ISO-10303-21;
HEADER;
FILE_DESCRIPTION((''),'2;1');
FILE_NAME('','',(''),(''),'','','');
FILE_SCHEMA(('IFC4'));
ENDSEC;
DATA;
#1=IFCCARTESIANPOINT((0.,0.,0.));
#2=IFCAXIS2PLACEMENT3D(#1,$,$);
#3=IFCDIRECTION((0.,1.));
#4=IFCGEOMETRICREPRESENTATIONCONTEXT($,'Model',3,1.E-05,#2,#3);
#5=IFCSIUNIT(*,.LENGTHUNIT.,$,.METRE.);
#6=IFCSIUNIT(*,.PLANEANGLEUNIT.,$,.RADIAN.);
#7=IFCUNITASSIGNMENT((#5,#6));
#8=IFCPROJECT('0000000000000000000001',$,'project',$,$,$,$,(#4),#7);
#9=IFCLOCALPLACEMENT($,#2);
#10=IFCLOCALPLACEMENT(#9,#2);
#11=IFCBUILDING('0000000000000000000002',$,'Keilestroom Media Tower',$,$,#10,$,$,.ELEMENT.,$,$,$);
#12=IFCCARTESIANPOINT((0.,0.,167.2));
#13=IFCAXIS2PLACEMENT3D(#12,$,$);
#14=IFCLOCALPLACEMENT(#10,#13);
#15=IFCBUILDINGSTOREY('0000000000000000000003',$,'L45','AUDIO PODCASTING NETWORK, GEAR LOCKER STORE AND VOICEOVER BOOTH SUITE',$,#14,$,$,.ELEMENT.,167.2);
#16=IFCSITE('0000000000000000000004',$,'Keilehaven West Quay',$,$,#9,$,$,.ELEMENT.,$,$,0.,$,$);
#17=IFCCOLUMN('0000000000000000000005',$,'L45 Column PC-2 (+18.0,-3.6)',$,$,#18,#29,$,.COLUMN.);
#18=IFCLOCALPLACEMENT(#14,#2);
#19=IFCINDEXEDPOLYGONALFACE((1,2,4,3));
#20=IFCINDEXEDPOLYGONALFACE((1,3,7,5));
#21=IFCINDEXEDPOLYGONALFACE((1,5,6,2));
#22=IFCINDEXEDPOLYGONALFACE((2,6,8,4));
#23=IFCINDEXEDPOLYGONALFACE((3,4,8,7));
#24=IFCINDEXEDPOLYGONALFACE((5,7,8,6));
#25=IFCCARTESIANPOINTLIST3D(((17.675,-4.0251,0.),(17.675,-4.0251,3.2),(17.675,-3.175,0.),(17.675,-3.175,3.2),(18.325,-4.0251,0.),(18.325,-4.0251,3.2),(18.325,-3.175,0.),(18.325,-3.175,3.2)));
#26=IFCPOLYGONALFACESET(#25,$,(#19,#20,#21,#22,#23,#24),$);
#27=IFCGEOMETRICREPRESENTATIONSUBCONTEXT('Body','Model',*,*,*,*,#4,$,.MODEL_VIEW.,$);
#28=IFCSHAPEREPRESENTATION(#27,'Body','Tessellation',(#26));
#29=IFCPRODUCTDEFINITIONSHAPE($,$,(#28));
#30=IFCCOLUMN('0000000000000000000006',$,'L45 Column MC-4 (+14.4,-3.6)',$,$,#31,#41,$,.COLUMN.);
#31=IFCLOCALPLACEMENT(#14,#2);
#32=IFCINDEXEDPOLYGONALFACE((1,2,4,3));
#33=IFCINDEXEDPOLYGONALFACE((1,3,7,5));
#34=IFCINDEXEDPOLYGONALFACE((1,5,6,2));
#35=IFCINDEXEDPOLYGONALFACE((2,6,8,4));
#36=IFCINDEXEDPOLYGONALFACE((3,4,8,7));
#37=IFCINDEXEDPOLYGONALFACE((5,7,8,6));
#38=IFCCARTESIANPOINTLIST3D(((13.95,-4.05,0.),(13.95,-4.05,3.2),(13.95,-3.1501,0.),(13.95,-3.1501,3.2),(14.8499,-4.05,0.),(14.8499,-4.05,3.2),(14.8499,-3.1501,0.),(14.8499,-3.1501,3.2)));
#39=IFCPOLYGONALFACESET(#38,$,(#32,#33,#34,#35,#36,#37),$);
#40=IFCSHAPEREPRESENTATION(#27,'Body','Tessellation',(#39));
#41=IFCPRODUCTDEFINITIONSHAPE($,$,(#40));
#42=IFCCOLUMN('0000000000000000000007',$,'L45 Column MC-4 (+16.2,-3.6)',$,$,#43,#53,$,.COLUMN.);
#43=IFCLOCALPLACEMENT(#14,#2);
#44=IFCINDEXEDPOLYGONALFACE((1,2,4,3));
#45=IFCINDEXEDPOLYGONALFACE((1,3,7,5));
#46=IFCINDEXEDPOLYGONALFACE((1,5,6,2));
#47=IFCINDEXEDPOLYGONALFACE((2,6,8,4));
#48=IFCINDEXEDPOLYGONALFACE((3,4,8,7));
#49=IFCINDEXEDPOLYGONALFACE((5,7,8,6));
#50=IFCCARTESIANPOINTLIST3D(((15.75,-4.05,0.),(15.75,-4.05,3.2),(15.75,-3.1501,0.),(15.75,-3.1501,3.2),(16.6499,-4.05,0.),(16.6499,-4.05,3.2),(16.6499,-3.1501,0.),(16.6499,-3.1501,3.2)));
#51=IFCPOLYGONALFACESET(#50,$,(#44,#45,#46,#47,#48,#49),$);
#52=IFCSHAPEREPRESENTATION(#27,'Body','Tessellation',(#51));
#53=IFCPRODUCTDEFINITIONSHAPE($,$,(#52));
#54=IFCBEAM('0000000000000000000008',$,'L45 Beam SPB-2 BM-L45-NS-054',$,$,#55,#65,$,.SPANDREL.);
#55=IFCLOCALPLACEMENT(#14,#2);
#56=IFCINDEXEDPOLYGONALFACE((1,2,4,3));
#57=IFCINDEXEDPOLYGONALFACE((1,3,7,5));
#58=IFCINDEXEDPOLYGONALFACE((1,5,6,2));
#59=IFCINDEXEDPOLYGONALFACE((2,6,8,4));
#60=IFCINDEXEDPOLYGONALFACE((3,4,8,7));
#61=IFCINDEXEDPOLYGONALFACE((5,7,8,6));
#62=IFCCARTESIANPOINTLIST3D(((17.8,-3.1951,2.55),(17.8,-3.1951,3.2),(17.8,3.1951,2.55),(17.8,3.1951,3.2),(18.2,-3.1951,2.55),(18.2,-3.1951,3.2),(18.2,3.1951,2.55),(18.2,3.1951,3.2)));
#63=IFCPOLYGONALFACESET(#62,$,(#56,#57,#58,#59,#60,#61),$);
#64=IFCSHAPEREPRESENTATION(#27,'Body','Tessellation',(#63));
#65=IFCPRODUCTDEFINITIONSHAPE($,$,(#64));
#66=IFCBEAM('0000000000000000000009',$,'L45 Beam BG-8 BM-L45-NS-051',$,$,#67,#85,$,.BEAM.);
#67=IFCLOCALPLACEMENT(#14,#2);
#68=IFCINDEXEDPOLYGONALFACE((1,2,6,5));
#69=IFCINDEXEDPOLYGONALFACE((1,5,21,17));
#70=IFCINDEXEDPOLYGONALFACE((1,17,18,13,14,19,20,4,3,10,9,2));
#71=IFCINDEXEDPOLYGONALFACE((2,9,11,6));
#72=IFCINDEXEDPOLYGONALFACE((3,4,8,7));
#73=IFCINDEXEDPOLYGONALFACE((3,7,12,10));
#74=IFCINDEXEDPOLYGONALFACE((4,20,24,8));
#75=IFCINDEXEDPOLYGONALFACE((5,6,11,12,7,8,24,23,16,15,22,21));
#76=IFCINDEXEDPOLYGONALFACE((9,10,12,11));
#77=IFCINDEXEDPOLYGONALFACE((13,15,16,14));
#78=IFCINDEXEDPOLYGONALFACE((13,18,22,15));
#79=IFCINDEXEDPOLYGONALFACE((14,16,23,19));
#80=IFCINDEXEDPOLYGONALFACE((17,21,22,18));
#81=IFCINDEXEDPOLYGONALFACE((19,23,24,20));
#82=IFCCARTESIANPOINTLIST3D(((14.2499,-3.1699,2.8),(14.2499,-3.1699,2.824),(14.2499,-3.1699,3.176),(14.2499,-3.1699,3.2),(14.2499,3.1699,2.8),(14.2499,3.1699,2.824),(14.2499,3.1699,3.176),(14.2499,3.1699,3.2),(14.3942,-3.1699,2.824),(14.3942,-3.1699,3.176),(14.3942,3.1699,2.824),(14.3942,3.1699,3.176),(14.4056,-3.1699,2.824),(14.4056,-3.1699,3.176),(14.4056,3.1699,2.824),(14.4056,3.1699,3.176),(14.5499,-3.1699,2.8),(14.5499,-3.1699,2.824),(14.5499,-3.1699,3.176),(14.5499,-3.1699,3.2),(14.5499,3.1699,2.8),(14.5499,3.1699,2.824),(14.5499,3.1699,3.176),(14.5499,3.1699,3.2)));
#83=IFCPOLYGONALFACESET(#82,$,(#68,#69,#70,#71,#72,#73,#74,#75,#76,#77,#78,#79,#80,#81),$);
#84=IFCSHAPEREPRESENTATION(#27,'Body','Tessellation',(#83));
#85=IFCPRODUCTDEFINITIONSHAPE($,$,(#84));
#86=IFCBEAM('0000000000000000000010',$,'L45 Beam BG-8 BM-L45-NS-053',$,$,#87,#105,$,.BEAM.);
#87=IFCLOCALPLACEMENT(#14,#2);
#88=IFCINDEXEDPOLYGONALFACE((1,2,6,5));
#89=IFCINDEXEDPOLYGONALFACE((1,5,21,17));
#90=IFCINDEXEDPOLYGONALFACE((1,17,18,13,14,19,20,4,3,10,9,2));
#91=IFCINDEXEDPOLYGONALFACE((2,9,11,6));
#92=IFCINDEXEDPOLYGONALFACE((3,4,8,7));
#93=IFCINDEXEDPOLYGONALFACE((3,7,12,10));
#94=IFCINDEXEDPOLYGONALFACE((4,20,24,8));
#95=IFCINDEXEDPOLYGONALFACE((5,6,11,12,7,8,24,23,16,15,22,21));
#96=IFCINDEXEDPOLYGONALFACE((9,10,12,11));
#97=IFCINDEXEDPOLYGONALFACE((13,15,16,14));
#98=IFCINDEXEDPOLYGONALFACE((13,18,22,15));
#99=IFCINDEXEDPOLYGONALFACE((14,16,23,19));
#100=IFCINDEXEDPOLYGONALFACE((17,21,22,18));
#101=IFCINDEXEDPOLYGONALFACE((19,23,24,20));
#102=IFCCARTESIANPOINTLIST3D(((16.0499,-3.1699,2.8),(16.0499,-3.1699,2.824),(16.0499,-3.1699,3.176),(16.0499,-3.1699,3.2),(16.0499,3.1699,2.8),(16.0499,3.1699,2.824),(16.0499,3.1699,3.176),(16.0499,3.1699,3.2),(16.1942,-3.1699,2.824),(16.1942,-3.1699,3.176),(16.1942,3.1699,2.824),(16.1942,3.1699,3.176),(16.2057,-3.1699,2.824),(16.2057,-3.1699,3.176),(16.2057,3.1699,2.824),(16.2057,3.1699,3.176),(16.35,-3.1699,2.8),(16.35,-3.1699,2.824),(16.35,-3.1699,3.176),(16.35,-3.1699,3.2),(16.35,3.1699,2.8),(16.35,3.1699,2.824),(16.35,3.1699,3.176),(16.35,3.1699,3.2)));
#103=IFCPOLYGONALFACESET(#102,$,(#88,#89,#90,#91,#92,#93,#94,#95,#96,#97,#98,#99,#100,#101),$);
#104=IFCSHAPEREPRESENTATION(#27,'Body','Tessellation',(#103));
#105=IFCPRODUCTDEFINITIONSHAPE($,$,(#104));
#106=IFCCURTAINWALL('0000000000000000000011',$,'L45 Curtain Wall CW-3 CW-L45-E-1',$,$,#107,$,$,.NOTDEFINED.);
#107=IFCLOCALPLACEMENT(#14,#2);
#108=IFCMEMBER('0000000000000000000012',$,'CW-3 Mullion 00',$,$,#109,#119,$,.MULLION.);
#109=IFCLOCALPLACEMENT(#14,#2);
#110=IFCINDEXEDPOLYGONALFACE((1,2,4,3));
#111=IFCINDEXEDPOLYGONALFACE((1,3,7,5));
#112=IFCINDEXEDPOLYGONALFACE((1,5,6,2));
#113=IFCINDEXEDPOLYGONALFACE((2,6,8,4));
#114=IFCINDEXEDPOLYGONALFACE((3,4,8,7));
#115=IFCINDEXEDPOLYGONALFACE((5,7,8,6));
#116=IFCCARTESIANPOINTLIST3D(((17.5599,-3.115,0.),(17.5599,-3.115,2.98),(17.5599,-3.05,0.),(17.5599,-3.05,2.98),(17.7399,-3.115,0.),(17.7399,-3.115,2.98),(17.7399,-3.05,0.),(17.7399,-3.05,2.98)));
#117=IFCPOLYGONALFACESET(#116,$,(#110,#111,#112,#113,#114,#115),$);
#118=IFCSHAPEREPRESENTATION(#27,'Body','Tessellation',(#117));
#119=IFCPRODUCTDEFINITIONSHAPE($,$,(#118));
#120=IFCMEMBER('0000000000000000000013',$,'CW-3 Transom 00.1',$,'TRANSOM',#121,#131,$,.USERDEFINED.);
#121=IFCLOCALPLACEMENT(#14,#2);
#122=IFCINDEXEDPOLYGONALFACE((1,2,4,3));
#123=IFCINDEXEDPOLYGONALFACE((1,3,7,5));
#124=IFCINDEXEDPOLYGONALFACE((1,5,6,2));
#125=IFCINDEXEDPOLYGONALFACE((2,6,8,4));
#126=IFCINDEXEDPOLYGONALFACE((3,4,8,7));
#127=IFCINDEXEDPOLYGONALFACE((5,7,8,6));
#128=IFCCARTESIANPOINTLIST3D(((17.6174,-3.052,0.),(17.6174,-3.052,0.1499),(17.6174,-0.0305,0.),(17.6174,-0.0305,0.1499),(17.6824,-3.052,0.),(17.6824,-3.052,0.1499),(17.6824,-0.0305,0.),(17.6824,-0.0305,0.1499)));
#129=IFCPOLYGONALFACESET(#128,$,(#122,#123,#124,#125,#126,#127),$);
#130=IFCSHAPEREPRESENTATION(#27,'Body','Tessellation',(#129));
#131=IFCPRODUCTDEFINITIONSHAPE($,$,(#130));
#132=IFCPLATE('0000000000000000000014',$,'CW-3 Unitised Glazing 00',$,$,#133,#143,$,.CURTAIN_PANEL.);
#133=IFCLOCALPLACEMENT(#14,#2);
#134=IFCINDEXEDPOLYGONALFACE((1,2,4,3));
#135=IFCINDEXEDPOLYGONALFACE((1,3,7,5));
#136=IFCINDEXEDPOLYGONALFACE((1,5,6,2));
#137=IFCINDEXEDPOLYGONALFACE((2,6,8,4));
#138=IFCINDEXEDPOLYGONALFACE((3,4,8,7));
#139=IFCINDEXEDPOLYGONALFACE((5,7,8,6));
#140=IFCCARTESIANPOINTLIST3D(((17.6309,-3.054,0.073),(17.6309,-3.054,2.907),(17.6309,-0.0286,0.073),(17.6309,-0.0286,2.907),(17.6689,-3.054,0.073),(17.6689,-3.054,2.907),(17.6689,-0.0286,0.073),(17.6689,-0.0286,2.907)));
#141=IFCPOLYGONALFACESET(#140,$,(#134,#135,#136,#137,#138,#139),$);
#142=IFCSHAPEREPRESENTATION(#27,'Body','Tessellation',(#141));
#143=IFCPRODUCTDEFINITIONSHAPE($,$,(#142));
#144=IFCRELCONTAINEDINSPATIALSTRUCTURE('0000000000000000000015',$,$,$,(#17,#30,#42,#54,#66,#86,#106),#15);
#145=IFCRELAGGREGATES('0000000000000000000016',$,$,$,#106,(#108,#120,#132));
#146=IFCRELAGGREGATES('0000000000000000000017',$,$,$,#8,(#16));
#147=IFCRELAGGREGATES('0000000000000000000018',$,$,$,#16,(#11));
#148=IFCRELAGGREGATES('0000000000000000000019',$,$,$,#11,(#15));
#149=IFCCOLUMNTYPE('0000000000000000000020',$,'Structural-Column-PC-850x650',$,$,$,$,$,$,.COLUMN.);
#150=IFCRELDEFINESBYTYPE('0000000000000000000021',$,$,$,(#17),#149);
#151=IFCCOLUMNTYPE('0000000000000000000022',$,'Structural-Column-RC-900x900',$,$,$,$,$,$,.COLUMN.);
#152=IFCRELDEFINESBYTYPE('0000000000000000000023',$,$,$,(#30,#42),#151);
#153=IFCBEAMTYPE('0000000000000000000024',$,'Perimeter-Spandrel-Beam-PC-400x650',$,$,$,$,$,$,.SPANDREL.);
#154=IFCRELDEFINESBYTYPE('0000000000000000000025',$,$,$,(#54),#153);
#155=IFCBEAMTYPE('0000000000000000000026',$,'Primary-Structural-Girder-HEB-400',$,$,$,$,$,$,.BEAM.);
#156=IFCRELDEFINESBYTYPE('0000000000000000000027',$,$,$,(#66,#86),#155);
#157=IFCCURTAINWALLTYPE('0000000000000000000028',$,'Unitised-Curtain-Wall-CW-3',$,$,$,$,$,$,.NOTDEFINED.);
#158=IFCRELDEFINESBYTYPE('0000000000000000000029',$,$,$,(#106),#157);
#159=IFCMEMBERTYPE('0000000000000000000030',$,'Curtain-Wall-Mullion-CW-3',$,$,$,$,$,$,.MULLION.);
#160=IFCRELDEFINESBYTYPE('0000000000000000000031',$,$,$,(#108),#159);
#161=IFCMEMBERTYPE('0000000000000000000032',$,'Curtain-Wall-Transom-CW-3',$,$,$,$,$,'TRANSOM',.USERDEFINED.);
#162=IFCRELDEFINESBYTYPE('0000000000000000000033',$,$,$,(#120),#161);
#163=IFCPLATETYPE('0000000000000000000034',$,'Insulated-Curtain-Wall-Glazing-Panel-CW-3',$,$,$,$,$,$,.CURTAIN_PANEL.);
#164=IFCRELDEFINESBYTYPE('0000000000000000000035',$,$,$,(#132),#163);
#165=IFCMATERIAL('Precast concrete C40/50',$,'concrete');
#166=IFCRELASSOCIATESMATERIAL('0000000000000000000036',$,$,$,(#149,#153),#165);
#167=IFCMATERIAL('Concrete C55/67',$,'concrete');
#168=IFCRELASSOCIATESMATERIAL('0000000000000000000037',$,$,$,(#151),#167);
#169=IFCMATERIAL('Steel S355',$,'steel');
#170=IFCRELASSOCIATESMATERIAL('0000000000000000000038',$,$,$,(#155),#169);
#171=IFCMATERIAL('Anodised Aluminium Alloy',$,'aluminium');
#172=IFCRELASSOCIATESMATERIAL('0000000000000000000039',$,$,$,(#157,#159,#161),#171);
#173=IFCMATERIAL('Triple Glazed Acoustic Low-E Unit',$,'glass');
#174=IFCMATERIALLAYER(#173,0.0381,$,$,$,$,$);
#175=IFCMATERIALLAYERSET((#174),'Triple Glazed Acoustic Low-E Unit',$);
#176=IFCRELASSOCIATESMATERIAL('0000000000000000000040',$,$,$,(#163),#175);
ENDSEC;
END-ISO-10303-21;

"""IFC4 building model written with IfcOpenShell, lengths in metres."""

from ifc_helpers import new_model, si_unit, direction, frame, origin, origin_2d, place, context, subcontext, project, spatial, rectangle, i_section, extrude, source, transform, mapped, material, layer, layer_set, material_profile, profile_set, type_object, element, aggregate, save


model = new_model("IFC4")

# Units and contexts
model_context = context("Model", 3, precision=1e-05, world=origin(), true_north=direction((0.0, 1.0)))
body_context = subcontext(model_context, "Body", "Model", "MODEL_VIEW")
ifc_project = project(units=[si_unit("LENGTHUNIT", "METRE"), si_unit("PLANEANGLEUNIT", "RADIAN")], contexts=[model_context])

# Site, building, storey
site_placement = place(None, origin())
site = spatial("IfcSite", under=ifc_project, at=site_placement, Name="Keilehaven West Quay", CompositionType="ELEMENT", RefElevation=0.0)
building_placement = place(site_placement, origin())
building = spatial("IfcBuilding", under=site, at=building_placement, Name="Keilestroom Media Tower", CompositionType="ELEMENT")
storey_placement = place(building_placement, frame((0.0, 0.0, 167.2)))
storey = spatial("IfcBuildingStorey", under=building, at=storey_placement, Name="L45", Description="AUDIO PODCASTING NETWORK, GEAR LOCKER STORE AND VOICEOVER BOOTH SUITE", CompositionType="ELEMENT", Elevation=167.2)

# Columns
ifc_material_1 = material(Name="Precast concrete C40/50", Category="concrete")
ifc_material_profile_1 = material_profile(ifc_material_1, rectangle(XDim=0.6499, YDim=0.8501, at=origin_2d()), Name="PC 850x650")
ifc_profile_set_1 = profile_set([ifc_material_profile_1], Name="Precast concrete C40/50")
column_type_1 = type_object("IfcColumnType", Name="Structural-Column-PC-850x650", PredefinedType="COLUMN", material=ifc_profile_set_1)
shared_shape_1 = source(origin(), body_context, "Body", "SweptSolid", [
    extrude(rectangle(XDim=0.6499, YDim=0.8501, at=origin_2d()), origin(), (0.0, 0.0, 1.0), 3.2),
])
column_placement = place(storey_placement, frame((18.0, -3.6001, 0.0), z_axis=(0.0, 0.0, 1.0), x_axis=(1.0, 0.0, 0.0)))
element("IfcColumn", 1, at=column_placement, inside=storey, type_object=column_type_1, Name="L45 Column PC-2 (+18.0,-3.6)", PredefinedType="COLUMN", context=body_context, shape_type="MappedRepresentation", body=[
    mapped(shared_shape_1, transform((0.0, 0.0, 0.0), x_axis=(1.0, 0.0, 0.0), y_axis=(0.0, 1.0, 0.0), z_axis=(0.0, 0.0, 1.0), scale=1.0)),
])
ifc_material_2 = material(Name="Concrete C55/67", Category="concrete")
ifc_material_profile_2 = material_profile(ifc_material_2, rectangle(XDim=0.8999, YDim=0.8999, at=origin_2d()), Name="RC 900x900")
ifc_profile_set_2 = profile_set([ifc_material_profile_2], Name="Concrete C55/67")
column_type_2 = type_object("IfcColumnType", Name="Structural-Column-RC-900x900", PredefinedType="COLUMN", material=ifc_profile_set_2)
shared_shape_2 = source(origin(), body_context, "Body", "SweptSolid", [
    extrude(rectangle(XDim=0.8999, YDim=0.8999, at=origin_2d()), origin(), (0.0, 0.0, 1.0), 3.2),
])
for number, where, z_axis, x_axis, name in (
    (2, (14.3999, -3.6001, 0.0), (0.0, 0.0, 1.0), (1.0, 0.0, 0.0), "L45 Column MC-4 (+14.4,-3.6)"),
    (3, (16.2, -3.6001, 0.0), (0.0, 0.0, 1.0), (1.0, 0.0, 0.0), "L45 Column MC-4 (+16.2,-3.6)"),
):
    element("IfcColumn", number, at=place(storey_placement, frame(where, z_axis=z_axis, x_axis=x_axis)), inside=storey, type_object=column_type_2, Name=name, PredefinedType="COLUMN", context=body_context, shape_type="MappedRepresentation", body=[
        mapped(shared_shape_2, transform((0.0, 0.0, 0.0), x_axis=(1.0, 0.0, 0.0), y_axis=(0.0, 1.0, 0.0), z_axis=(0.0, 0.0, 1.0), scale=1.0)),
    ])

# Beams
ifc_material_profile_3 = material_profile(ifc_material_1, rectangle(XDim=0.3999, YDim=0.6499, at=origin_2d()), Name="PC 400x650")
ifc_profile_set_3 = profile_set([ifc_material_profile_3], Name="Precast concrete C40/50")
beam_type_1 = type_object("IfcBeamType", Name="Perimeter-Spandrel-Beam-PC-400x650", PredefinedType="SPANDREL", material=ifc_profile_set_3)
shared_shape_3 = source(origin(), body_context, "Body", "SweptSolid", [
    extrude(rectangle(XDim=0.3999, YDim=0.6499, at=origin_2d()), origin(), (0.0, 0.0, 1.0), 6.3901),
])
beam_placement = place(storey_placement, frame((18.0, -3.1951, 2.875), z_axis=(0.0, 1.0, 0.0), x_axis=(-1.0, 0.0, 0.0)))
element("IfcBeam", 4, at=beam_placement, inside=storey, type_object=beam_type_1, Name="L45 Beam SPB-2 BM-L45-NS-054", PredefinedType="SPANDREL", context=body_context, shape_type="MappedRepresentation", body=[
    mapped(shared_shape_3, transform((0.0, 0.0, 0.0), x_axis=(1.0, 0.0, 0.0), y_axis=(0.0, 1.0, 0.0), z_axis=(0.0, 0.0, 1.0), scale=1.0)),
])
ifc_material_3 = material(Name="Steel S355", Category="steel")
ifc_material_profile_4 = material_profile(ifc_material_3, i_section(OverallWidth=0.3, OverallDepth=0.3999, WebThickness=0.0115, FlangeThickness=0.0239, at=origin_2d()), Name="HEB 400")
ifc_profile_set_4 = profile_set([ifc_material_profile_4], Name="Steel S355")
beam_type_2 = type_object("IfcBeamType", Name="Primary-Structural-Girder-HEB-400", PredefinedType="BEAM", material=ifc_profile_set_4)
shared_shape_4 = source(origin(), body_context, "Body", "SweptSolid", [
    extrude(i_section(OverallWidth=0.3, OverallDepth=0.3999, WebThickness=0.0115, FlangeThickness=0.0239, at=origin_2d()), origin(), (0.0, 0.0, 1.0), 6.3398),
])
for number, where, z_axis, x_axis, name in (
    (5, (14.3999, -3.1699, 3.0), (0.0, 1.0, 0.0), (-1.0, 0.0, 0.0), "L45 Beam BG-8 BM-L45-NS-051"),
    (6, (16.2, -3.1699, 3.0), (0.0, 1.0, 0.0), (-1.0, 0.0, 0.0), "L45 Beam BG-8 BM-L45-NS-053"),
):
    element("IfcBeam", number, at=place(storey_placement, frame(where, z_axis=z_axis, x_axis=x_axis)), inside=storey, type_object=beam_type_2, Name=name, PredefinedType="BEAM", context=body_context, shape_type="MappedRepresentation", body=[
        mapped(shared_shape_4, transform((0.0, 0.0, 0.0), x_axis=(1.0, 0.0, 0.0), y_axis=(0.0, 1.0, 0.0), z_axis=(0.0, 0.0, 1.0), scale=1.0)),
    ])

# Curtain wall, members, plate
ifc_material_4 = material(Name="Anodised Aluminium Alloy", Category="aluminium")
curtain_wall_type = type_object("IfcCurtainWallType", Name="Unitised-Curtain-Wall-CW-3", PredefinedType="NOTDEFINED", material=ifc_material_4)
curtain_wall_placement = place(storey_placement, origin())
curtain_wall = element("IfcCurtainWall", 7, at=curtain_wall_placement, inside=storey, type_object=curtain_wall_type, Name="L45 Curtain Wall CW-3 CW-L45-E-1", PredefinedType="NOTDEFINED")
ifc_material_profile_5 = material_profile(ifc_material_4, rectangle(XDim=0.0649, YDim=0.1799, at=origin_2d()), Name="ALU MULLION 65x180")
ifc_profile_set_5 = profile_set([ifc_material_profile_5], Name="Anodised Aluminium Alloy")
member_type_1 = type_object("IfcMemberType", Name="Curtain-Wall-Mullion-CW-3", PredefinedType="MULLION", material=ifc_profile_set_5)
shared_shape_5 = source(origin(), body_context, "Body", "SweptSolid", [
    extrude(rectangle(XDim=0.0649, YDim=0.1799, at=origin_2d()), origin(), (0.0, 0.0, 1.0), 2.98),
])
member_1_placement = place(storey_placement, frame((17.6499, -3.0825, 0.0), z_axis=(0.0, 0.0, 1.0), x_axis=(0.0, 1.0, 0.0)))
member_1 = element("IfcMember", 8, at=member_1_placement, type_object=member_type_1, Name="CW-3 Mullion 00", PredefinedType="MULLION", context=body_context, shape_type="MappedRepresentation", body=[
    mapped(shared_shape_5, transform((0.0, 0.0, 0.0), x_axis=(1.0, 0.0, 0.0), y_axis=(0.0, 1.0, 0.0), z_axis=(0.0, 0.0, 1.0), scale=1.0)),
])
ifc_material_profile_6 = material_profile(ifc_material_4, rectangle(XDim=0.0649, YDim=0.1499, at=origin_2d()), Name="ALU TRANSOM 65x150")
ifc_profile_set_6 = profile_set([ifc_material_profile_6], Name="Anodised Aluminium Alloy")
member_type_2 = type_object("IfcMemberType", Name="Curtain-Wall-Transom-CW-3", ElementType="TRANSOM", PredefinedType="USERDEFINED", material=ifc_profile_set_6)
shared_shape_6 = source(origin(), body_context, "Body", "SweptSolid", [
    extrude(rectangle(XDim=0.0649, YDim=0.1499, at=origin_2d()), origin(), (0.0, 0.0, 1.0), 3.0215),
])
member_2_placement = place(storey_placement, frame((17.6499, -3.052, 0.075), z_axis=(0.0, 1.0, 0.0), x_axis=(-1.0, 0.0, 0.0)))
member_2 = element("IfcMember", 9, at=member_2_placement, type_object=member_type_2, Name="CW-3 Transom 00.1", ObjectType="TRANSOM", PredefinedType="USERDEFINED", context=body_context, shape_type="MappedRepresentation", body=[
    mapped(shared_shape_6, transform((0.0, 0.0, 0.0), x_axis=(1.0, 0.0, 0.0), y_axis=(0.0, 1.0, 0.0), z_axis=(0.0, 0.0, 1.0), scale=1.0)),
])
ifc_material_5 = material(Name="Triple Glazed Acoustic Low-E Unit", Category="glass")
ifc_layer_1 = layer(ifc_material_5, 0.0381)
ifc_layer_set_1 = layer_set([ifc_layer_1], Name="Triple Glazed Acoustic Low-E Unit")
plate_type = type_object("IfcPlateType", Name="Insulated-Curtain-Wall-Glazing-Panel-CW-3", PredefinedType="CURTAIN_PANEL", material=ifc_layer_set_1)
shared_shape_7 = source(origin(), body_context, "Body", "SweptSolid", [
    extrude(rectangle(XDim=3.0254, YDim=0.0381, at=origin_2d()), origin(), (0.0, 0.0, 1.0), 2.834),
])
plate_placement = place(storey_placement, frame((17.6499, -1.5413, 0.073), z_axis=(0.0, 0.0, 1.0), x_axis=(0.0, 1.0, 0.0)))
plate = element("IfcPlate", 10, at=plate_placement, type_object=plate_type, Name="CW-3 Unitised Glazing 00", PredefinedType="CURTAIN_PANEL", context=body_context, shape_type="MappedRepresentation", body=[
    mapped(shared_shape_7, transform((0.0, 0.0, 0.0), x_axis=(1.0, 0.0, 0.0), y_axis=(0.0, 1.0, 0.0), z_axis=(0.0, 0.0, 1.0), scale=1.0)),
])
aggregate(curtain_wall, [member_1, member_2, plate])

save(model, "model.ifc")
